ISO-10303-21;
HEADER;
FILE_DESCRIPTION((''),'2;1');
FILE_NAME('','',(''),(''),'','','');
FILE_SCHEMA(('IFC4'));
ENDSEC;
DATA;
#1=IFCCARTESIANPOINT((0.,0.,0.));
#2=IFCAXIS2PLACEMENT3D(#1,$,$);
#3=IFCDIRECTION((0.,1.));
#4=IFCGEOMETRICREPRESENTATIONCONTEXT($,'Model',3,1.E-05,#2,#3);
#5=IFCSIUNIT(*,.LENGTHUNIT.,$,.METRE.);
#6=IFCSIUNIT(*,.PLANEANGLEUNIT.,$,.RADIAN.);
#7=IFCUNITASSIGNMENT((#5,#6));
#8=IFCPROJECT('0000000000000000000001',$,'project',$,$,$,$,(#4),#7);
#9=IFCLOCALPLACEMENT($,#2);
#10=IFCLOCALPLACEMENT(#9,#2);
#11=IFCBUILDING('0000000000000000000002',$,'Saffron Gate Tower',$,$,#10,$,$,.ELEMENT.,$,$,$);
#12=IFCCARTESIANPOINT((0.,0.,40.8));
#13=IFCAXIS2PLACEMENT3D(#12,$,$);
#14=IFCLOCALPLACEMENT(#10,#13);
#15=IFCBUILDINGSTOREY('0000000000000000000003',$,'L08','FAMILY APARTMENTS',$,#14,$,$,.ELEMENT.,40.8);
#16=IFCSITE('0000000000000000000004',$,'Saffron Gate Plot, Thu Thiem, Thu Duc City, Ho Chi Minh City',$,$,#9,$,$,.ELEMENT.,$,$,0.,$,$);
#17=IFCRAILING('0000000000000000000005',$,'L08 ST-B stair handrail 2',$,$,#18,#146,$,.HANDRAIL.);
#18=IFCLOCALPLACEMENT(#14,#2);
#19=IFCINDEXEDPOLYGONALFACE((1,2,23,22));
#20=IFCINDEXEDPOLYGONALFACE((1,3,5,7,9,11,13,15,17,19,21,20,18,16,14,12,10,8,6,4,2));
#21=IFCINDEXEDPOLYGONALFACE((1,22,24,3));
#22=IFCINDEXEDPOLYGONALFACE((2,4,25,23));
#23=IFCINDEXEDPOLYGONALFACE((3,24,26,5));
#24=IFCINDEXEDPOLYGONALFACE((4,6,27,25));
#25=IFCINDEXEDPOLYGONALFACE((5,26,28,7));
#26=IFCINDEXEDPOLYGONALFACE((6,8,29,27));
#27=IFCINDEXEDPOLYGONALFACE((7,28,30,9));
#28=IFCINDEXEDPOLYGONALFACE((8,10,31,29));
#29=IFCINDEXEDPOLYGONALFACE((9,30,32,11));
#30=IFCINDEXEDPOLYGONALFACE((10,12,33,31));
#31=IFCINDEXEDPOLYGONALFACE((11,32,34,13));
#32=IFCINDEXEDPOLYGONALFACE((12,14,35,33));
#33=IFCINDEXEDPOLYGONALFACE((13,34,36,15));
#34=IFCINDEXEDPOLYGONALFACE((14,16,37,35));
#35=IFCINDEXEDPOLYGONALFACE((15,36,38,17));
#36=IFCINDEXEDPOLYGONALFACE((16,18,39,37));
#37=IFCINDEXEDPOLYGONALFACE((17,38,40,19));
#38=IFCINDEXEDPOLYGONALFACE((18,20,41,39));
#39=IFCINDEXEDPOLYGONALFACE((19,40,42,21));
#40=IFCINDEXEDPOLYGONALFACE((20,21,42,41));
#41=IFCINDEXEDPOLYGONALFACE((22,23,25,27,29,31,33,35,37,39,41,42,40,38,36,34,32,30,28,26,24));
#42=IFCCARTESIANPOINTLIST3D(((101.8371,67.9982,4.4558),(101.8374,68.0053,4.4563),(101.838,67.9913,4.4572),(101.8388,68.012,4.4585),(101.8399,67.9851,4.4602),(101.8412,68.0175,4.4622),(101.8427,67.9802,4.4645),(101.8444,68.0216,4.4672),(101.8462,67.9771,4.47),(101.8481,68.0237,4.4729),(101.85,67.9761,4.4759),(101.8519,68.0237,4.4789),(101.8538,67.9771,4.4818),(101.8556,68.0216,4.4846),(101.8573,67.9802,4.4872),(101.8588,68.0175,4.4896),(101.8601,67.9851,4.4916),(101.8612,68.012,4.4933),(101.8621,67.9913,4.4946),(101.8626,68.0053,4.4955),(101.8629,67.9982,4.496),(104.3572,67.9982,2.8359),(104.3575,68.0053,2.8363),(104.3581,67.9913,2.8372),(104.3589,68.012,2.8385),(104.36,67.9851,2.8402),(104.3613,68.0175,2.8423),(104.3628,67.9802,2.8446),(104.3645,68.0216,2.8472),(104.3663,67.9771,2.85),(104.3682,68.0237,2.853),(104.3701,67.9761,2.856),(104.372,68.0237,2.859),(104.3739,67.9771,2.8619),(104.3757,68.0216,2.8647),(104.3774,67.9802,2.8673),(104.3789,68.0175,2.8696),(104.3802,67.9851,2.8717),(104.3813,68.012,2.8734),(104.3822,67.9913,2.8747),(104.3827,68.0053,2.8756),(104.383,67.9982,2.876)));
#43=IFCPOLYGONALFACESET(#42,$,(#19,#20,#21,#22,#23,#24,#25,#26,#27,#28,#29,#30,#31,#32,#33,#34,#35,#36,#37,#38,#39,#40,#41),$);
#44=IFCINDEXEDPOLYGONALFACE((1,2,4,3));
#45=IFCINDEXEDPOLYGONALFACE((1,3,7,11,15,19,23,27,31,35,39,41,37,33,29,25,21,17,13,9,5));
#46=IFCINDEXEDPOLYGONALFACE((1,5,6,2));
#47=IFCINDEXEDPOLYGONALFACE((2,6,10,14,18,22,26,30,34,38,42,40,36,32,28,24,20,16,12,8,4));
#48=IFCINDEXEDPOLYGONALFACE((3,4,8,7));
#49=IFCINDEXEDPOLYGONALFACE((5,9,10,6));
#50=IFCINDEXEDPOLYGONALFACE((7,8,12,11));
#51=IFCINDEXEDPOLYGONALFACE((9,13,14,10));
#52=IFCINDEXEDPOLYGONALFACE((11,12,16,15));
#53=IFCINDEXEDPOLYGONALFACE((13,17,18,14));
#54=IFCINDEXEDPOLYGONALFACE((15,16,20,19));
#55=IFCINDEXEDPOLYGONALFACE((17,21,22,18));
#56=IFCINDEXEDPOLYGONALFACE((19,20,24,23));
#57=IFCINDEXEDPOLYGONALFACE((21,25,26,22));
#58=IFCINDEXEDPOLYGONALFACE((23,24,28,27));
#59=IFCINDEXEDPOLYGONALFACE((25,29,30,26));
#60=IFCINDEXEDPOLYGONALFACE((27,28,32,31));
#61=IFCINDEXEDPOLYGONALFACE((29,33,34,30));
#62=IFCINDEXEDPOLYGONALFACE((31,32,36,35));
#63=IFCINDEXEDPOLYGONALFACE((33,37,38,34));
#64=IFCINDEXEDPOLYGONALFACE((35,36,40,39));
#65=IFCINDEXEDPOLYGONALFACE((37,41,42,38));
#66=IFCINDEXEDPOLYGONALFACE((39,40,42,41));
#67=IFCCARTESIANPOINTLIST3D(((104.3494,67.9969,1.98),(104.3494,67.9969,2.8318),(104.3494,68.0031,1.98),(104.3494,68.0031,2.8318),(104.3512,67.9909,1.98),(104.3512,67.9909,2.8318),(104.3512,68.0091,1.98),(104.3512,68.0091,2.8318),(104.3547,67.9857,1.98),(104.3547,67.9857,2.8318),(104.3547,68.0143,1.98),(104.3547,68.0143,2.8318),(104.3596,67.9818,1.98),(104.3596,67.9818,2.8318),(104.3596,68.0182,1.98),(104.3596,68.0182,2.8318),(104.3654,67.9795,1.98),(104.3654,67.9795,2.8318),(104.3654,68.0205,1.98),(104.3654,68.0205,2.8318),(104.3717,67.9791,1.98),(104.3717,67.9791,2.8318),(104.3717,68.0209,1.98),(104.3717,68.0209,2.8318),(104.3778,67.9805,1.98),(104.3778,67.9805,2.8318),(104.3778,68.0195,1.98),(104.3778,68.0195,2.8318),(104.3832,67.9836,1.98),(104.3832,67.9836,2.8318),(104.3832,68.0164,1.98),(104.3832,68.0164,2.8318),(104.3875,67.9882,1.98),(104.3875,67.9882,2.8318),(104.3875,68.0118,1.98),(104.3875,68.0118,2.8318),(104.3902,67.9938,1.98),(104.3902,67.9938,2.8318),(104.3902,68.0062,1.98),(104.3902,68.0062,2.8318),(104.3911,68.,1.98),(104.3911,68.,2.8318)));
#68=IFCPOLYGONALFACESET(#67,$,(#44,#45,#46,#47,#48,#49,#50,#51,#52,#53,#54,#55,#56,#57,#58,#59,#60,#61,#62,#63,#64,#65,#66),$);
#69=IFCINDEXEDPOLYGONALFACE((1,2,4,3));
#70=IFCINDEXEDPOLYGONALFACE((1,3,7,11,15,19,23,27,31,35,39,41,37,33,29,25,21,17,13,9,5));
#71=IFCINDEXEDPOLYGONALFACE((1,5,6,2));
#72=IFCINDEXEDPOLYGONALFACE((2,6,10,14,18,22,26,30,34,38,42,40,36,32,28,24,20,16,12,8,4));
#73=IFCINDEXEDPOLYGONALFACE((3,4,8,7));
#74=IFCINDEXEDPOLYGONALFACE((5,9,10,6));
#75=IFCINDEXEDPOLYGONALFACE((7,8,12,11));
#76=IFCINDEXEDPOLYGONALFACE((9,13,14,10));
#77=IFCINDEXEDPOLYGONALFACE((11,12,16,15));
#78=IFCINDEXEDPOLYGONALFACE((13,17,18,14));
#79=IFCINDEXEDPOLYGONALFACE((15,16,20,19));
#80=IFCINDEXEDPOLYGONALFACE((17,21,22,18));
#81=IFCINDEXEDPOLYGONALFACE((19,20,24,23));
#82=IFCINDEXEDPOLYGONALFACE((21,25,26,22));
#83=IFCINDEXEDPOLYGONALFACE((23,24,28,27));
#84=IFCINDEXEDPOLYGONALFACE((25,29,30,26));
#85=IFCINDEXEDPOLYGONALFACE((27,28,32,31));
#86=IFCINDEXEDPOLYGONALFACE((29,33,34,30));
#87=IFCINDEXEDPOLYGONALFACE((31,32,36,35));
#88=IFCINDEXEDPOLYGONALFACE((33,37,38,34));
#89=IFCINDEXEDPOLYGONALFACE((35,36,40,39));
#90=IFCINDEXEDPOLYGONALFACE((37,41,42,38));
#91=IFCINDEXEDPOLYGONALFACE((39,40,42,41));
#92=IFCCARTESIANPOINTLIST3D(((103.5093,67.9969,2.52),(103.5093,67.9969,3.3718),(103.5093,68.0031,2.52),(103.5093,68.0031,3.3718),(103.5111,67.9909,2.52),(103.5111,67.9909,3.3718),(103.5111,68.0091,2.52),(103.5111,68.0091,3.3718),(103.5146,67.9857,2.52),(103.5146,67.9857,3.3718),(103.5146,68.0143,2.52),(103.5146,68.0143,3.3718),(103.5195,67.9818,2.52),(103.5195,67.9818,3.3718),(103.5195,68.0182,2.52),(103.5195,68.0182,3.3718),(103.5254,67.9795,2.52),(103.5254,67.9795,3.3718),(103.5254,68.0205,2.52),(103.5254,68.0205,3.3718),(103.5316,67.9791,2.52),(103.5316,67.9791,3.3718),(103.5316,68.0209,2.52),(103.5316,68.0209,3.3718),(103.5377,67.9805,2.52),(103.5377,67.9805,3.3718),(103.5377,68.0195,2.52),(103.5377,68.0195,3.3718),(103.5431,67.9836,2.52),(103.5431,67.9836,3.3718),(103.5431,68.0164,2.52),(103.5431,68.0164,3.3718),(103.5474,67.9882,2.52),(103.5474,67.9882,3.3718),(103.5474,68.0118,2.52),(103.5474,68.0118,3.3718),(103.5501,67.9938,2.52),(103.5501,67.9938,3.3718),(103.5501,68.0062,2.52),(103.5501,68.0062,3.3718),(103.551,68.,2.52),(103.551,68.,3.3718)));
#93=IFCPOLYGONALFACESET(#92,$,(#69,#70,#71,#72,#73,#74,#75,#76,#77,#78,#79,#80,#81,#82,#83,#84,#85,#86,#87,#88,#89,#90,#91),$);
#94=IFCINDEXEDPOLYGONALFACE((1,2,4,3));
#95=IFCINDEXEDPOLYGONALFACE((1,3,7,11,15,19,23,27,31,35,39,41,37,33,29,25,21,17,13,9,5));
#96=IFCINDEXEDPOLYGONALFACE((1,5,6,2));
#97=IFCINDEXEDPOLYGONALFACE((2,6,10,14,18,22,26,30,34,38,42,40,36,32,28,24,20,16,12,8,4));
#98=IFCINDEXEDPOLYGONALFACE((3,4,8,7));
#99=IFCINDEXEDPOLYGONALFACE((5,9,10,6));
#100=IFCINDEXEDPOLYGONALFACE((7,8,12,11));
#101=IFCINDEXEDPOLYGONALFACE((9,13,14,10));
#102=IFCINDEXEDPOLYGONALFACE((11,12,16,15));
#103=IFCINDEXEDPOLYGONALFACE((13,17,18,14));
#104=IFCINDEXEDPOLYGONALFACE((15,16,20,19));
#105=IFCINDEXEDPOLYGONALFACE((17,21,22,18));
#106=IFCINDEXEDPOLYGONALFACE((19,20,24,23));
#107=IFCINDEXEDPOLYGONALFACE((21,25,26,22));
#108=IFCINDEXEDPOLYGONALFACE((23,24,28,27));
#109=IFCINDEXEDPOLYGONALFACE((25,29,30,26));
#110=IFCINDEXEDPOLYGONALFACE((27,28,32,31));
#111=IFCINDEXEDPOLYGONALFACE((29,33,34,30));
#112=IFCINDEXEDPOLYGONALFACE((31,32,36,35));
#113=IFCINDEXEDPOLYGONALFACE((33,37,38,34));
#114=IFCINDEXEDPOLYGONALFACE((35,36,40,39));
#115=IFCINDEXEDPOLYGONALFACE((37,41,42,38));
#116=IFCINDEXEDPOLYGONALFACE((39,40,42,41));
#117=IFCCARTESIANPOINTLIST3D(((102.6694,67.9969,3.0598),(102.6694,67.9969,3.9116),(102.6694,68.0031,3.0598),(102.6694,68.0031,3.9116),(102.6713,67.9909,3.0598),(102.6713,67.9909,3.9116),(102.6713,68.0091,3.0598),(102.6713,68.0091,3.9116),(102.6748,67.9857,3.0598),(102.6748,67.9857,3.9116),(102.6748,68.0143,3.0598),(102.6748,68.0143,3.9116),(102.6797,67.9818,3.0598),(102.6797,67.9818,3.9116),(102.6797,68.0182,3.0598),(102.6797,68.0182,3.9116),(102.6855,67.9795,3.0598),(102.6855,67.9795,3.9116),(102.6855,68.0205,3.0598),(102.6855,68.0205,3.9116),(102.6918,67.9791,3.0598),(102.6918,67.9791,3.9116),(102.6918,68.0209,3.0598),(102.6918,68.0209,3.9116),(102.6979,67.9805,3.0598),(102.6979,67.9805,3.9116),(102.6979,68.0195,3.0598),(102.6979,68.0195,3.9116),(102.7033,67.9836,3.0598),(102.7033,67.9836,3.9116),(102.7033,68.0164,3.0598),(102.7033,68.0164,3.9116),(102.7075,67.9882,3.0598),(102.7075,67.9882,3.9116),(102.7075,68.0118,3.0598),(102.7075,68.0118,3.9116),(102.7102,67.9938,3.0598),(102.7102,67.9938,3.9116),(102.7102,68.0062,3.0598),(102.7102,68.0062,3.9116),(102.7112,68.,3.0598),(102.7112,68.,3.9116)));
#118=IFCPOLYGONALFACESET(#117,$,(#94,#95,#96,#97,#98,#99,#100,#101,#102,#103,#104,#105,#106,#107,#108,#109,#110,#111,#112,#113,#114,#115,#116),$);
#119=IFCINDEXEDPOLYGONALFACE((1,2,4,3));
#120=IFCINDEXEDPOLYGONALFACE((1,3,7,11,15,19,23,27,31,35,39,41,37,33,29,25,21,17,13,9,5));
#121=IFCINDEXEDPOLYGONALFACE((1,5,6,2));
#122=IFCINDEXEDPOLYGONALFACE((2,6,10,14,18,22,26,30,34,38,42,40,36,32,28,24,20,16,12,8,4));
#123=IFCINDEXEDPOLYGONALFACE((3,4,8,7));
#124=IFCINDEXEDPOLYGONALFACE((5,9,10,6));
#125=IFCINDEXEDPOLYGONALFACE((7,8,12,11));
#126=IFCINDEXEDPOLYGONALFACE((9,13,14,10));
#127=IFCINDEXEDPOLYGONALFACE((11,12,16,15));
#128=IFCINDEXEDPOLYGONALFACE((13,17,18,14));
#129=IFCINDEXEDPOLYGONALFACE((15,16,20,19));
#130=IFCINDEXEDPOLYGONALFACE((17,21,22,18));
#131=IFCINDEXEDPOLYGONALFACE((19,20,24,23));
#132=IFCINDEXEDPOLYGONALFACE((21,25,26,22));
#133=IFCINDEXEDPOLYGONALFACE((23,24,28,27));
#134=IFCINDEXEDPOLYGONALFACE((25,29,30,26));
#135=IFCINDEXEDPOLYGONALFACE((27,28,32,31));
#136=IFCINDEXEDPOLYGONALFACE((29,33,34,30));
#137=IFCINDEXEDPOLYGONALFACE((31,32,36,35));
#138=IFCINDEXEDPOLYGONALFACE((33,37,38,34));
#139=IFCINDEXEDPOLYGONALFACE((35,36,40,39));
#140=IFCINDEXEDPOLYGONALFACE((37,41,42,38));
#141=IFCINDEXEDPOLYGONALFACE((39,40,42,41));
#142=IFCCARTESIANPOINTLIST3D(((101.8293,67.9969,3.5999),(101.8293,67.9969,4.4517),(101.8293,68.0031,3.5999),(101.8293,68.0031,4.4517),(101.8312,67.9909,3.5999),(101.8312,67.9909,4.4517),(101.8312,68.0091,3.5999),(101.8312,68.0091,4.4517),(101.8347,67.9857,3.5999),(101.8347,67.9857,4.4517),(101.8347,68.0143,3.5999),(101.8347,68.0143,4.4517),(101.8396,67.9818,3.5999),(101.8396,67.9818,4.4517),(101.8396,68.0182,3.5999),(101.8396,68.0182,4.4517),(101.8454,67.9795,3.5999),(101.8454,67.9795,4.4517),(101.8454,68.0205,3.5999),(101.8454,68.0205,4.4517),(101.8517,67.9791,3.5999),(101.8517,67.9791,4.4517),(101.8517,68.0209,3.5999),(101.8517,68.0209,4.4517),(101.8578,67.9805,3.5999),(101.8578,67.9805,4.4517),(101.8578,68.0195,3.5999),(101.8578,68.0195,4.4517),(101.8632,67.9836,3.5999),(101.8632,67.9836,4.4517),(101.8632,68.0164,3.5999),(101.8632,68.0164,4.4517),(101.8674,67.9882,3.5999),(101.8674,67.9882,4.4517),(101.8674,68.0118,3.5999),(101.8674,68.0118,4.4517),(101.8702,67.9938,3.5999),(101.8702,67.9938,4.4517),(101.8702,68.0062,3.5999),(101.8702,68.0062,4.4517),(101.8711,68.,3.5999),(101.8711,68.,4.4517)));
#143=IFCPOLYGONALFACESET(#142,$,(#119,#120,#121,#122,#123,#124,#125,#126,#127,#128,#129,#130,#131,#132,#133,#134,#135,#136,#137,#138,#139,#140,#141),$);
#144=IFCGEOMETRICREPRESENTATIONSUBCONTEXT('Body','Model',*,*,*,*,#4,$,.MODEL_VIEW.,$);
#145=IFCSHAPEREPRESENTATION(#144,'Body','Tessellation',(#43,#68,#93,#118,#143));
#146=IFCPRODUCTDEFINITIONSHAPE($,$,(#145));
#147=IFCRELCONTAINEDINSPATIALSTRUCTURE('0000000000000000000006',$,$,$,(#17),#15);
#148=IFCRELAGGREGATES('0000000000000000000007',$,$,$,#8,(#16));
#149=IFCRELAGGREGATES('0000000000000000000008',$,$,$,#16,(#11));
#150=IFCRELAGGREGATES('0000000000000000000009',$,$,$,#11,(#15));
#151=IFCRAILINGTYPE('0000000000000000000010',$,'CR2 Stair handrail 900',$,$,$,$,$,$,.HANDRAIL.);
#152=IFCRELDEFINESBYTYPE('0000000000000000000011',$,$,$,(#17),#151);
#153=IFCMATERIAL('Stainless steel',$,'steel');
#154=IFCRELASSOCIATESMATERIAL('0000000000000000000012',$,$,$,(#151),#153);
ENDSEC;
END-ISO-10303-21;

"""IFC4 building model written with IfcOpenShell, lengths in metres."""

from ifc_helpers import new_model, si_unit, direction, frame, origin, origin_2d, place, context, subcontext, project, spatial, circle, extrude, material, type_object, element, save


model = new_model("IFC4")

# Units and contexts
model_context = context("Model", 3, precision=1e-05, world=origin(), true_north=direction((0.0, 1.0)))
body_context = subcontext(model_context, "Body", "Model", "MODEL_VIEW")
ifc_project = project(units=[si_unit("LENGTHUNIT", "METRE"), si_unit("PLANEANGLEUNIT", "RADIAN")], contexts=[model_context])

# Site, building, storey
site_placement = place(None, origin())
site = spatial("IfcSite", under=ifc_project, at=site_placement, Name="Saffron Gate Plot, Thu Thiem, Thu Duc City, Ho Chi Minh City", CompositionType="ELEMENT", RefElevation=0.0)
building_placement = place(site_placement, origin())
building = spatial("IfcBuilding", under=site, at=building_placement, Name="Saffron Gate Tower", CompositionType="ELEMENT")
storey_placement = place(building_placement, frame((0.0, 0.0, 40.8)))
storey = spatial("IfcBuildingStorey", under=building, at=storey_placement, Name="L08", Description="FAMILY APARTMENTS", CompositionType="ELEMENT", Elevation=40.8)

# Railing
ifc_material_1 = material(Name="Stainless steel", Category="steel")
railing_type_1 = type_object("IfcRailingType", Name="CR2 Stair handrail 900", PredefinedType="HANDRAIL", material=ifc_material_1)
railing_1_placement = place(storey_placement, frame((104.3701, 68.0, 1.98)))
element("IfcRailing", 1, at=railing_1_placement, inside=storey, type_object=railing_type_1, Name="L08 ST-B stair handrail 2", PredefinedType="HANDRAIL", context=body_context, shape_type="SweptSolid", body=[
    extrude(circle(Radius=0.0239, at=origin_2d()), frame((0.0, 0.0, 0.876), z_axis=(-0.8412, 0.0, 0.540725), x_axis=(0.0, -1.0, 0.0)), (0.0, 0.0, 1.0), 2.9958),
    extrude(circle(Radius=0.021, at=origin_2d()), origin(), (0.0, 0.0, 1.0), 0.8518),
    extrude(circle(Radius=0.021, at=origin_2d()), frame((-0.8401, 0.0, 0.54)), (0.0, 0.0, 1.0), 0.8518),
    extrude(circle(Radius=0.021, at=origin_2d()), frame((-1.6799, 0.0, 1.0798)), (0.0, 0.0, 1.0), 0.8518),
    extrude(circle(Radius=0.021, at=origin_2d()), frame((-2.52, 0.0, 1.6199)), (0.0, 0.0, 1.0), 0.8518),
])

save(model, "model.ifc")
